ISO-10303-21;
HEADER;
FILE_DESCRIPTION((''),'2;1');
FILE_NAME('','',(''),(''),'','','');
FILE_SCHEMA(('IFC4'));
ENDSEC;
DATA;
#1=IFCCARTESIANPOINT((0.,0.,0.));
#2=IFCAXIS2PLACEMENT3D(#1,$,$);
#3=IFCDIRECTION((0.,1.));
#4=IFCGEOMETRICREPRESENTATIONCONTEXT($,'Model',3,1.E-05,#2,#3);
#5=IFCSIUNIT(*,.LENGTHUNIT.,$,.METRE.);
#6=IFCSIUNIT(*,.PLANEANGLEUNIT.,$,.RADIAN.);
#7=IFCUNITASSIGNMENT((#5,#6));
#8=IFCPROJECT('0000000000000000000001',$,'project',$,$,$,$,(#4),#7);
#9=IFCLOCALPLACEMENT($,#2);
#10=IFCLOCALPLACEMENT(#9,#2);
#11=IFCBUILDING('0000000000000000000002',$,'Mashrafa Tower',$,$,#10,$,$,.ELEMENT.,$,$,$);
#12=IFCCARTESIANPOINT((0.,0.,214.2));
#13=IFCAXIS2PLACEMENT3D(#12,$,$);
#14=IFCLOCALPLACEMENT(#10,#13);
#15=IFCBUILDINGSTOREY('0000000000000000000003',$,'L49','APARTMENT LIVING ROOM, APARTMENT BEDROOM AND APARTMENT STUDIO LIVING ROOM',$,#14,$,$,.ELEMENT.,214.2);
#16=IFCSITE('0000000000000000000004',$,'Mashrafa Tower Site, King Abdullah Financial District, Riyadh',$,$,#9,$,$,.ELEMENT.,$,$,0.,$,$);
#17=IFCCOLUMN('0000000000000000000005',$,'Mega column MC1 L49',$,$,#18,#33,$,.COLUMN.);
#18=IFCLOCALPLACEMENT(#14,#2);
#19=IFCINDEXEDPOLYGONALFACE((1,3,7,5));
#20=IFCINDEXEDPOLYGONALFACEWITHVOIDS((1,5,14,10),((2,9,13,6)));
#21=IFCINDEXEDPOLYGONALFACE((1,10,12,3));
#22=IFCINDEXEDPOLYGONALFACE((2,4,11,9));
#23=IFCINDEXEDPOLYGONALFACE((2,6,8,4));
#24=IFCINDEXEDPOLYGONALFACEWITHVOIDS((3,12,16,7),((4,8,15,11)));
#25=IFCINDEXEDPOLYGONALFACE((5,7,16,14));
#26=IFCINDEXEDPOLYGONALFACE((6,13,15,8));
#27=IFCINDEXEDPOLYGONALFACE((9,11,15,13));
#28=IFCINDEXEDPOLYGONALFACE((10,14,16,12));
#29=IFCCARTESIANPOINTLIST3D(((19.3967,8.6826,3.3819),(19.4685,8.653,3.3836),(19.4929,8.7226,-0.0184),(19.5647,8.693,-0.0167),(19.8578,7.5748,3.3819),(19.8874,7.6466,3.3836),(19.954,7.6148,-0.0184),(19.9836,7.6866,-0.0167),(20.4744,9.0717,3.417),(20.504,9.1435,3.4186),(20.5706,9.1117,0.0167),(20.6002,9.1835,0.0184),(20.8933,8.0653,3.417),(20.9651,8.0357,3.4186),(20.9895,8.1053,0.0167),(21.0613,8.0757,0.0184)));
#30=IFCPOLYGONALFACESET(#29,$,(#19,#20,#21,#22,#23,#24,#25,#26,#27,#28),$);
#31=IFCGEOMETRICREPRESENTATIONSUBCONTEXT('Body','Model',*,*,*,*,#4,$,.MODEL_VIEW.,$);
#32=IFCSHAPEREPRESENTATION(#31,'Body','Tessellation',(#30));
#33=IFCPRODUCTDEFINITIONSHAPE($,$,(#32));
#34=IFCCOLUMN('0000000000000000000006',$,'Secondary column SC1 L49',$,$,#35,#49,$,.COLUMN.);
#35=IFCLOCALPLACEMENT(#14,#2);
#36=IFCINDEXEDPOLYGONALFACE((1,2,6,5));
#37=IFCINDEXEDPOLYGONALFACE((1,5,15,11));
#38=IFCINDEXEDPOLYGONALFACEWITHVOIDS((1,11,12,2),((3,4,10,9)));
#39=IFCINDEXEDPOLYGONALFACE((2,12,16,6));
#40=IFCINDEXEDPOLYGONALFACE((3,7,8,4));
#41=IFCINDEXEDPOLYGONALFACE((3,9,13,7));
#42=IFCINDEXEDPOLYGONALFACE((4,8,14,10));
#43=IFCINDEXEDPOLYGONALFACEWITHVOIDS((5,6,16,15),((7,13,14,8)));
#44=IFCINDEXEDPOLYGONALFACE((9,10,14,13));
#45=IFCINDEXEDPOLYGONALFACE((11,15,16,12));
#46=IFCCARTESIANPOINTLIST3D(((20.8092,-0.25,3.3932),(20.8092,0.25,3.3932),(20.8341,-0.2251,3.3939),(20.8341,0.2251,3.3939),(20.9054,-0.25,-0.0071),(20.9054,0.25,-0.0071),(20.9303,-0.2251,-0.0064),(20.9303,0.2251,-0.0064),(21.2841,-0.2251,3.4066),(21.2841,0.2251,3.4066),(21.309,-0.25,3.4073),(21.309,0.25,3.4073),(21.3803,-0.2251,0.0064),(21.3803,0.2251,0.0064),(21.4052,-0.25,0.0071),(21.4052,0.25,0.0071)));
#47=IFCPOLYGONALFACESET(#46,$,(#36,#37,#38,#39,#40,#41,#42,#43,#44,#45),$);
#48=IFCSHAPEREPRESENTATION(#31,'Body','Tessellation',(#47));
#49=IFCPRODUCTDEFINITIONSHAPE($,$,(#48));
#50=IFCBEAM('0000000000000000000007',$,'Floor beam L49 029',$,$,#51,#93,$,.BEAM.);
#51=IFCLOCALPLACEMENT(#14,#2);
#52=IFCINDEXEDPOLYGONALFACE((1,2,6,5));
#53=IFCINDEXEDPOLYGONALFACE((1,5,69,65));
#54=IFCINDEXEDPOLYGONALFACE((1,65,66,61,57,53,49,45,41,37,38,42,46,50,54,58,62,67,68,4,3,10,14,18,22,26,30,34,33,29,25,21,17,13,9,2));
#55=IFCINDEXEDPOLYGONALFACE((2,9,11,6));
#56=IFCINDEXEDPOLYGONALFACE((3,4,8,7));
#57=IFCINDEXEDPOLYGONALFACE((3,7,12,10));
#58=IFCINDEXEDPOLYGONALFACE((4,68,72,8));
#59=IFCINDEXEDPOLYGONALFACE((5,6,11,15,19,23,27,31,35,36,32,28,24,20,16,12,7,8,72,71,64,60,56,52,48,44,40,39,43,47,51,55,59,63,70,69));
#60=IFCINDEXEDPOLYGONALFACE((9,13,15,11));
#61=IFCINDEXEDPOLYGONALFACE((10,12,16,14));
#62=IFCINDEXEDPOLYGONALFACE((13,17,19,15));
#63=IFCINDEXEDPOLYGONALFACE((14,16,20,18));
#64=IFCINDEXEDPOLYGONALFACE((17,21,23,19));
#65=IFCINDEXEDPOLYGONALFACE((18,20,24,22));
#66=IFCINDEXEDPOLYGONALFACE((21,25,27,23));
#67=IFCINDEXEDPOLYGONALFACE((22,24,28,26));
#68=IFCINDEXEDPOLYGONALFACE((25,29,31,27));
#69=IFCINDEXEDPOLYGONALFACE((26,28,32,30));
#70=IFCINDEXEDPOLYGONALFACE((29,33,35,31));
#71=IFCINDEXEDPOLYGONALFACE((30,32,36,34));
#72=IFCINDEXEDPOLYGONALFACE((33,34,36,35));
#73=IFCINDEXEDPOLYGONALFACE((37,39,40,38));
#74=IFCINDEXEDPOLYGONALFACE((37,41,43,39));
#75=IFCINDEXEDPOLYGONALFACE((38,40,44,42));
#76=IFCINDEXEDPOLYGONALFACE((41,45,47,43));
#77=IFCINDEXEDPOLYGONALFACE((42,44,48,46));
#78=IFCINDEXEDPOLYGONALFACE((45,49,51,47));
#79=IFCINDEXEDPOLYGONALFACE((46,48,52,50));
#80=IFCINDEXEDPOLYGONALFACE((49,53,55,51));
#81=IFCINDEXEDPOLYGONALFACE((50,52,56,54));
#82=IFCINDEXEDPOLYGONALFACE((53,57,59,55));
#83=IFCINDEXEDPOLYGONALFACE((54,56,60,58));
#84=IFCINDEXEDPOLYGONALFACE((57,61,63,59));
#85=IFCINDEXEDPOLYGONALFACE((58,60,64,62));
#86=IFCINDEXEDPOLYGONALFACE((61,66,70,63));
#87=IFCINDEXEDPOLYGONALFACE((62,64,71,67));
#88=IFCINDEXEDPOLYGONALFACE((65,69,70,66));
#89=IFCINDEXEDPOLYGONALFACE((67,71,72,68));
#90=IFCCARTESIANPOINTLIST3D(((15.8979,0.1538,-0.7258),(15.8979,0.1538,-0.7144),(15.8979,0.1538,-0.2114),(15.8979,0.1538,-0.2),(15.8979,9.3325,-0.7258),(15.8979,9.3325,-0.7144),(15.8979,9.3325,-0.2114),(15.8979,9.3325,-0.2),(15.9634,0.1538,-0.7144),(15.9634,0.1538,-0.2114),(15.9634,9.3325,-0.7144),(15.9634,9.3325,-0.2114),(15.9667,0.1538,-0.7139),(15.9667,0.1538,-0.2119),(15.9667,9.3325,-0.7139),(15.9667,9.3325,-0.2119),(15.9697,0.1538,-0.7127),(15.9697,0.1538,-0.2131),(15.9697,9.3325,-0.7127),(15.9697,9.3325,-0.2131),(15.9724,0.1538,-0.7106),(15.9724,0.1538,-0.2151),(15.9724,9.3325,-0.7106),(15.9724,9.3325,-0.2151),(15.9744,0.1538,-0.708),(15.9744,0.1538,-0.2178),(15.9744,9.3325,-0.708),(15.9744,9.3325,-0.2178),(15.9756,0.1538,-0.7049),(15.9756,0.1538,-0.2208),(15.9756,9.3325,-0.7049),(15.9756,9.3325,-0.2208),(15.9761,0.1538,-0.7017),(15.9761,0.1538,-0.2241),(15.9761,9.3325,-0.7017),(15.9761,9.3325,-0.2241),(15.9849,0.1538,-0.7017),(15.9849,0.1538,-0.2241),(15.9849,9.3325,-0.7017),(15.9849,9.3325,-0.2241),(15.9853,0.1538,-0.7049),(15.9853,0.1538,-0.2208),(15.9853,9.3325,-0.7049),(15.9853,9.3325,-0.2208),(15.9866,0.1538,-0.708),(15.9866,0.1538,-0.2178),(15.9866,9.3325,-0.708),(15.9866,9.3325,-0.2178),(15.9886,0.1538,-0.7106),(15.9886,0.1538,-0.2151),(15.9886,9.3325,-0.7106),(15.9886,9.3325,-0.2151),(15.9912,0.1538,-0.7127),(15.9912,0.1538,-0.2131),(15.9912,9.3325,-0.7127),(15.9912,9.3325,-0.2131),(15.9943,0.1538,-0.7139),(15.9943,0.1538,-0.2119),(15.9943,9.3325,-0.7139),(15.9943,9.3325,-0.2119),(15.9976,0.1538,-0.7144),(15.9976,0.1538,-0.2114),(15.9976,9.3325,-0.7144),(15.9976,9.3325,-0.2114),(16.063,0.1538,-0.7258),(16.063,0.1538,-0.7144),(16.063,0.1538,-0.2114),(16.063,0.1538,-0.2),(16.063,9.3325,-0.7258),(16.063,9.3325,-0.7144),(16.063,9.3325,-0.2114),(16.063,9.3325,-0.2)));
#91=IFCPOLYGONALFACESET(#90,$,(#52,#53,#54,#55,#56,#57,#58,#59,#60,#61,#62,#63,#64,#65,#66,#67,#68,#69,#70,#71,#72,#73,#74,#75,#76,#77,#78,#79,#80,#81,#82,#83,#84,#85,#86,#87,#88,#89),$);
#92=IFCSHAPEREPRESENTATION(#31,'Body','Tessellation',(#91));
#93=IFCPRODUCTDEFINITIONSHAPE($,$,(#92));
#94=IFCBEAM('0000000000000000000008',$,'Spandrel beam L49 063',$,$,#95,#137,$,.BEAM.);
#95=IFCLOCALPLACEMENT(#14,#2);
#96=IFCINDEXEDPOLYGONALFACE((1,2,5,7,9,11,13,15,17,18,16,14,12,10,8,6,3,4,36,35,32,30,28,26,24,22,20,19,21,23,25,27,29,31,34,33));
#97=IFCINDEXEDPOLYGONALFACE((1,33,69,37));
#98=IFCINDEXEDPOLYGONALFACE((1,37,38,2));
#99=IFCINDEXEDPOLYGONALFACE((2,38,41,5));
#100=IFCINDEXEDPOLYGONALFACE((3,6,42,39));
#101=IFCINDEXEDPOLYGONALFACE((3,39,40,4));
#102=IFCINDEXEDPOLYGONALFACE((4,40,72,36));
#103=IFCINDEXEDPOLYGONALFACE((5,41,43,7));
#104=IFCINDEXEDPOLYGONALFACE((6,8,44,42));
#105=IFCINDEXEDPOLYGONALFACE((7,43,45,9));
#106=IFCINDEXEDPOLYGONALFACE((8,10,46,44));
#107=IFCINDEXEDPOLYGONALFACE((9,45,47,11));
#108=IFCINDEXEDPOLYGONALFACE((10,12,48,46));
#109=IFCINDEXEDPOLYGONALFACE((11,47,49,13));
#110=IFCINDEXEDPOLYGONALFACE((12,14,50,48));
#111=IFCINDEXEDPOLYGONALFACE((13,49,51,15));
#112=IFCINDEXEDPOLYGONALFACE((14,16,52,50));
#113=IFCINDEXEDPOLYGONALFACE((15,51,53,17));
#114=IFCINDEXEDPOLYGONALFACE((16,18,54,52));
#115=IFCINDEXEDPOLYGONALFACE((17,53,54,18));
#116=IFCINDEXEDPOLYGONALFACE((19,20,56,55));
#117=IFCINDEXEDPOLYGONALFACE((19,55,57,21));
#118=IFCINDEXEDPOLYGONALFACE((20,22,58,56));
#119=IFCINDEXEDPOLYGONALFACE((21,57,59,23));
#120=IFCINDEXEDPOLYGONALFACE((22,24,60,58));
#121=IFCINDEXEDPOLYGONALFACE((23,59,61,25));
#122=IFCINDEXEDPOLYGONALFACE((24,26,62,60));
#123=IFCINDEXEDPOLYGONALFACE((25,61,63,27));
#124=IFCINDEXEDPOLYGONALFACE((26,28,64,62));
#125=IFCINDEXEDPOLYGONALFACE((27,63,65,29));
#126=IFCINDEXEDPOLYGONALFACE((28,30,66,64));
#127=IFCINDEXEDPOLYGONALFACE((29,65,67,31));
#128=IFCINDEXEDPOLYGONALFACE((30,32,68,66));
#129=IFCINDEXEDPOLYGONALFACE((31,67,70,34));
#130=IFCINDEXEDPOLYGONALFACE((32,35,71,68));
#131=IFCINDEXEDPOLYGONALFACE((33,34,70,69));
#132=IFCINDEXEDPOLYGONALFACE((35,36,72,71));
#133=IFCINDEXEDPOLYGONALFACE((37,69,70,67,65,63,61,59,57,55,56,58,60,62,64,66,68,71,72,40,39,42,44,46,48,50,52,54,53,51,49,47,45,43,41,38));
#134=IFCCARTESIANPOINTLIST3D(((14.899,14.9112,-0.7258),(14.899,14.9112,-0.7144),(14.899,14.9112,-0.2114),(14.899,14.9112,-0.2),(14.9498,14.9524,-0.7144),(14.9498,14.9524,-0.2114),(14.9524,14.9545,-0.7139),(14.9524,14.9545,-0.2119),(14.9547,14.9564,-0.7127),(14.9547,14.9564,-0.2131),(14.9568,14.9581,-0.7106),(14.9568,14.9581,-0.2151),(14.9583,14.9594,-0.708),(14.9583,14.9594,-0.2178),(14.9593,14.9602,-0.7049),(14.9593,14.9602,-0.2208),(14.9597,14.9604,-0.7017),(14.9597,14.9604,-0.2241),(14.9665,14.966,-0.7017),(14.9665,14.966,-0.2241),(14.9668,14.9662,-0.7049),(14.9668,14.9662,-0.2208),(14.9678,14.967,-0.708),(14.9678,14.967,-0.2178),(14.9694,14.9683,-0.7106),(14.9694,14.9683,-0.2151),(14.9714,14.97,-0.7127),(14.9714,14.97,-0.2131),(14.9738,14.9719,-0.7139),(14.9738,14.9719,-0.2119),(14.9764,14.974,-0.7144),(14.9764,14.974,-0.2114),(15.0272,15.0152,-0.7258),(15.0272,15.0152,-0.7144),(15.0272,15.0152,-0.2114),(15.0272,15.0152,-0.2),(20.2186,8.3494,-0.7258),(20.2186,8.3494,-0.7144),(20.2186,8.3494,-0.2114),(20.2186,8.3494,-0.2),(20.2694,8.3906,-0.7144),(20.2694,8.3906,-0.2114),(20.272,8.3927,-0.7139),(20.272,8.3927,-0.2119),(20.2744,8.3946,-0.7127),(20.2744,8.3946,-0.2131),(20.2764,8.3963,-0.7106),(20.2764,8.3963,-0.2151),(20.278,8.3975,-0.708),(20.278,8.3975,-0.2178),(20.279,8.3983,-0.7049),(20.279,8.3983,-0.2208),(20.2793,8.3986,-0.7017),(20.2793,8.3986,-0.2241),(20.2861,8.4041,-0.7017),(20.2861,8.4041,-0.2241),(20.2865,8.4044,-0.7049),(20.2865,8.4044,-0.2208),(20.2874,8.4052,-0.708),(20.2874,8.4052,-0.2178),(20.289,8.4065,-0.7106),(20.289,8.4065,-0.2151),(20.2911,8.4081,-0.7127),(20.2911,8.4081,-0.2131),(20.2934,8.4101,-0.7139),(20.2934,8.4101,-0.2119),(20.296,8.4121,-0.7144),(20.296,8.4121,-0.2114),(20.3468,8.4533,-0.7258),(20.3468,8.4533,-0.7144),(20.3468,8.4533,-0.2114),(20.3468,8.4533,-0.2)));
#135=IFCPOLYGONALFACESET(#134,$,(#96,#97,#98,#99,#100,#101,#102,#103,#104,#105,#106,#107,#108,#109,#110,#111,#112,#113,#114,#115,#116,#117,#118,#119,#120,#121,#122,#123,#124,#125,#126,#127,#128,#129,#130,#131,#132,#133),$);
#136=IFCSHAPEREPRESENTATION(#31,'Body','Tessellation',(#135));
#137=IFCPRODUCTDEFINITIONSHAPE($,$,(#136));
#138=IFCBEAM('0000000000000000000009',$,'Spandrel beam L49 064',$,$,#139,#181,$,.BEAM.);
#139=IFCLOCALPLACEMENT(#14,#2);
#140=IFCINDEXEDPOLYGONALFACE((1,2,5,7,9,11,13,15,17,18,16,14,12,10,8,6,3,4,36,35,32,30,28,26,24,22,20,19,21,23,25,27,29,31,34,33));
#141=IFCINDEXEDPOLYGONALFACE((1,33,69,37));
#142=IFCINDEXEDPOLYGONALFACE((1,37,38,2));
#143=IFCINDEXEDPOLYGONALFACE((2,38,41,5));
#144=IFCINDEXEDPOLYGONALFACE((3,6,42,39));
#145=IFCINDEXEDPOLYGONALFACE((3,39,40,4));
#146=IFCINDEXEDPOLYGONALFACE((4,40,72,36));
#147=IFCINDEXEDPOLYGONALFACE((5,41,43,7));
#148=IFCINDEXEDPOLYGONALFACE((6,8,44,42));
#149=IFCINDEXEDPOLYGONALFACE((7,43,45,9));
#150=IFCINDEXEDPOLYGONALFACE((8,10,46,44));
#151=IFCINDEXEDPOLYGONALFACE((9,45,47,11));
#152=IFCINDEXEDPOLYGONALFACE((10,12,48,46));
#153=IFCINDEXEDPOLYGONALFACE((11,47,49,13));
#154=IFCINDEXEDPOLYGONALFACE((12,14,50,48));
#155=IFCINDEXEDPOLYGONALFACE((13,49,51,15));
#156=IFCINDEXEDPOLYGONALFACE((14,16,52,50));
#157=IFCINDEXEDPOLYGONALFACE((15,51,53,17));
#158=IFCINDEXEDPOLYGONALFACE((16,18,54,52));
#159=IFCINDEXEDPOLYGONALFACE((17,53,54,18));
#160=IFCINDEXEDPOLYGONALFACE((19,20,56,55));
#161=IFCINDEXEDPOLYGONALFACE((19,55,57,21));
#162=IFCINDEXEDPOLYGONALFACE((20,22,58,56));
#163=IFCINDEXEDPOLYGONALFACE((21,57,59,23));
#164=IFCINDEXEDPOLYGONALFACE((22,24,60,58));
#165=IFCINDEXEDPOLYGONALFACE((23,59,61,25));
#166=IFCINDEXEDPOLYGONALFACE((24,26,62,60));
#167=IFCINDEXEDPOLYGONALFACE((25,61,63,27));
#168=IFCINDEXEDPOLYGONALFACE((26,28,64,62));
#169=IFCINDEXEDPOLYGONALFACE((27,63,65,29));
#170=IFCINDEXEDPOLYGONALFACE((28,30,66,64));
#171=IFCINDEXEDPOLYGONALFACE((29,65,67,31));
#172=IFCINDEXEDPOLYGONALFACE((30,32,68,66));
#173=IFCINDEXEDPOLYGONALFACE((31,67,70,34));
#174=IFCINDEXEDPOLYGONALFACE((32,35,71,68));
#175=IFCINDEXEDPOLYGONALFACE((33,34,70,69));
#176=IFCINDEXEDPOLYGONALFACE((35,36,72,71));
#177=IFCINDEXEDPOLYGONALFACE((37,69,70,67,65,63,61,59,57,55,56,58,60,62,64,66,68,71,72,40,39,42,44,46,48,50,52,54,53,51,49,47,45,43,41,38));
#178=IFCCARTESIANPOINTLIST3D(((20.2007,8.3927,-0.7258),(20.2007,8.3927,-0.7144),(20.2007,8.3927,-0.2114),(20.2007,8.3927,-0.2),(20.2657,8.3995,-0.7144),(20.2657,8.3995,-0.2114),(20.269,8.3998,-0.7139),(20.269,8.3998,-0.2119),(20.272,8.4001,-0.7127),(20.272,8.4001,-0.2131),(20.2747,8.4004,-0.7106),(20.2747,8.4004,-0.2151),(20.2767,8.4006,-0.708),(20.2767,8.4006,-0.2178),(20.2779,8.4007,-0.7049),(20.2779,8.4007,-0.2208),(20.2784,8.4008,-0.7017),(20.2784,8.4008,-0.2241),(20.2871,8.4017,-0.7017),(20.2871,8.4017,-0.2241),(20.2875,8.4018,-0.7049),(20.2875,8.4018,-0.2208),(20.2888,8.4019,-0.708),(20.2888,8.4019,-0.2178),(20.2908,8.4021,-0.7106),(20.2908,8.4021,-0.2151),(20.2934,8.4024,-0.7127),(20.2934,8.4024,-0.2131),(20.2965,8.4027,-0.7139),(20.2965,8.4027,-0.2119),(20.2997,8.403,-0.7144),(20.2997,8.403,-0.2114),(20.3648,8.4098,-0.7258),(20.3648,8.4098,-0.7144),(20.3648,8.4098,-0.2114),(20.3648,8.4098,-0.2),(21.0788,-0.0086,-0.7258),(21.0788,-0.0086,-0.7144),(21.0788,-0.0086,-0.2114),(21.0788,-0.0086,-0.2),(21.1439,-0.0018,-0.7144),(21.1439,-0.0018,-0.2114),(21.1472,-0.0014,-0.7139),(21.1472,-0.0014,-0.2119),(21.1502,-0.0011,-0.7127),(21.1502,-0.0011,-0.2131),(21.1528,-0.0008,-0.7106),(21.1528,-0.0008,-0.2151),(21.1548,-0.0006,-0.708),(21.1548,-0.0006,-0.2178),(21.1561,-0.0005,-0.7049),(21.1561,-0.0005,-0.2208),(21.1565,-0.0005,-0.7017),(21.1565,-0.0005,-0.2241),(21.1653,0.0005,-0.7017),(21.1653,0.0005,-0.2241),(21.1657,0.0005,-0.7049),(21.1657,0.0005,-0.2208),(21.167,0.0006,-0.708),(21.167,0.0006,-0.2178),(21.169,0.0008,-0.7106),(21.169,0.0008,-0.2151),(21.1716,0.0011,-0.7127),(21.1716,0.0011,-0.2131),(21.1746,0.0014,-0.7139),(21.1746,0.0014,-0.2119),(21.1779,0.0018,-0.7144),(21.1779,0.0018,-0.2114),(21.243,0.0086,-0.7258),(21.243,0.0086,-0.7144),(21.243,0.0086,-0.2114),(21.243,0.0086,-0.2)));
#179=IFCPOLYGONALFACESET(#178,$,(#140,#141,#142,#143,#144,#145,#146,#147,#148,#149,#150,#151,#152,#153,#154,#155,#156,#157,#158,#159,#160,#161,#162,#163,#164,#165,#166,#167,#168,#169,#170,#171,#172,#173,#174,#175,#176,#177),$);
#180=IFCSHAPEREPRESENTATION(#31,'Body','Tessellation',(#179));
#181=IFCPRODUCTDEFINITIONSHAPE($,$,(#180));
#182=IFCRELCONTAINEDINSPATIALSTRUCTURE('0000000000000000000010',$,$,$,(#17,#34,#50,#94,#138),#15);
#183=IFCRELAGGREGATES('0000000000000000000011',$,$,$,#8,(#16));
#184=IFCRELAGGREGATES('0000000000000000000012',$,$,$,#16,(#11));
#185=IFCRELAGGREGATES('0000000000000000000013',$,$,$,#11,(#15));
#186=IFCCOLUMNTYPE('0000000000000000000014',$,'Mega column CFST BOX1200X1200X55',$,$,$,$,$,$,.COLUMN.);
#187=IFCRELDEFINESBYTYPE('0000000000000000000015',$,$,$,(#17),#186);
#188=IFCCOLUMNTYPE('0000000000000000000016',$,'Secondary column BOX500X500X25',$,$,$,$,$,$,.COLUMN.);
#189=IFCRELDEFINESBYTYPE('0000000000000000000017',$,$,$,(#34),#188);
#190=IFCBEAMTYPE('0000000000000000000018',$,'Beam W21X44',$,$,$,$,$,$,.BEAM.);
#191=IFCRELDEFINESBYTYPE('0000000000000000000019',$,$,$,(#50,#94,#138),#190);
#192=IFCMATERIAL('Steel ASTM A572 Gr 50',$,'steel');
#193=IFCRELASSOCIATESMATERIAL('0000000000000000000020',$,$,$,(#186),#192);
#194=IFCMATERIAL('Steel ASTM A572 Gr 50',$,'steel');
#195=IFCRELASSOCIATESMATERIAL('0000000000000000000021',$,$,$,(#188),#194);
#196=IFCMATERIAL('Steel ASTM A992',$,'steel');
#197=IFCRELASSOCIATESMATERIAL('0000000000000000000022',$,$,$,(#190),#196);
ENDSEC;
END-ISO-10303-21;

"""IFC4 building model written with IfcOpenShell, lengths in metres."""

from ifc_helpers import new_model, si_unit, direction, frame, origin, origin_2d, place, context, subcontext, project, spatial, hollow_rectangle, i_section, extrude, material, material_profile, profile_set, type_object, element, save


model = new_model("IFC4")

# Units and contexts
model_context = context("Model", 3, precision=1e-05, world=origin(), true_north=direction((0.0, 1.0)))
body_context = subcontext(model_context, "Body", "Model", "MODEL_VIEW")
ifc_project = project(units=[si_unit("LENGTHUNIT", "METRE"), si_unit("PLANEANGLEUNIT", "RADIAN")], contexts=[model_context])

# Site, building, storey
site_placement = place(None, origin())
site = spatial("IfcSite", under=ifc_project, at=site_placement, Name="Mashrafa Tower Site, King Abdullah Financial District, Riyadh", CompositionType="ELEMENT", RefElevation=0.0)
building_placement = place(site_placement, origin())
building = spatial("IfcBuilding", under=site, at=building_placement, Name="Mashrafa Tower", CompositionType="ELEMENT")
storey_placement = place(building_placement, frame((0.0, 0.0, 214.2)))
storey = spatial("IfcBuildingStorey", under=building, at=storey_placement, Name="L49", Description="APARTMENT LIVING ROOM, APARTMENT BEDROOM AND APARTMENT STUDIO LIVING ROOM", CompositionType="ELEMENT", Elevation=214.2)

# Columns
ifc_material_1 = material(Name="Steel ASTM A572 Gr 50", Category="steel")
ifc_material_profile_1 = material_profile(ifc_material_1, hollow_rectangle(XDim=1.2, YDim=1.2, WallThickness=0.0549, at=origin_2d()), Name="BOX1200X1200X55")
ifc_profile_set_1 = profile_set([ifc_material_profile_1], Name="Steel ASTM A572 Gr 50")
column_type_1 = type_object("IfcColumnType", Name="Mega column CFST BOX1200X1200X55", PredefinedType="COLUMN", material=ifc_profile_set_1)
column_1_placement = place(storey_placement, frame((20.2771, 8.3992, 0.0), z_axis=(-0.028277, -0.01177, 0.999531), x_axis=(0.384283, -0.923216, 0.0)))
element("IfcColumn", 1, at=column_1_placement, inside=storey, type_object=column_type_1, Name="Mega column MC1 L49", PredefinedType="COLUMN", context=body_context, shape_type="SweptSolid", body=[
    extrude(hollow_rectangle(XDim=1.2, YDim=1.2, WallThickness=0.0549, at=origin_2d()), origin(), (0.0, 0.0, 1.0), 3.4019),
])
ifc_material_2 = material(Name="Steel ASTM A572 Gr 50", Category="steel")
ifc_material_profile_2 = material_profile(ifc_material_2, hollow_rectangle(XDim=0.5, YDim=0.5, WallThickness=0.0249, at=origin_2d()), Name="BOX500X500X25")
ifc_profile_set_2 = profile_set([ifc_material_profile_2], Name="Steel ASTM A572 Gr 50")
column_type_2 = type_object("IfcColumnType", Name="Secondary column BOX500X500X25", PredefinedType="COLUMN", material=ifc_profile_set_2)
column_2_placement = place(storey_placement, frame((21.1553, 0.0, 0.0), z_axis=(-0.028279, 0.0, 0.9996), x_axis=(0.0, -1.0, 0.0)))
element("IfcColumn", 2, at=column_2_placement, inside=storey, type_object=column_type_2, Name="Secondary column SC1 L49", PredefinedType="COLUMN", context=body_context, shape_type="SweptSolid", body=[
    extrude(hollow_rectangle(XDim=0.5, YDim=0.5, WallThickness=0.0249, at=origin_2d()), origin(), (0.0, 0.0, 1.0), 3.4016),
])

# Beams
ifc_material_3 = material(Name="Steel ASTM A992", Category="steel")
ifc_material_profile_3 = material_profile(ifc_material_3, i_section(OverallWidth=0.165, OverallDepth=0.5259, WebThickness=0.0088, FlangeThickness=0.0115, FilletRadius=0.0127, at=origin_2d()), Name="W21X44")
ifc_profile_set_3 = profile_set([ifc_material_profile_3], Name="Steel ASTM A992")
beam_type_1 = type_object("IfcBeamType", Name="Beam W21X44", PredefinedType="BEAM", material=ifc_profile_set_3)
beam_1_placement = place(storey_placement, frame((15.9805, 9.3325, -0.4629), z_axis=(0.0, -1.0, 0.0), x_axis=(1.0, 0.0, 0.0)))
element("IfcBeam", 3, at=beam_1_placement, inside=storey, type_object=beam_type_1, Name="Floor beam L49 029", PredefinedType="BEAM", context=body_context, shape_type="SweptSolid", body=[
    extrude(i_section(OverallWidth=0.165, OverallDepth=0.5259, WebThickness=0.0088, FlangeThickness=0.0115, FilletRadius=0.0127, at=origin_2d()), origin(), (0.0, 0.0, 1.0), 9.1787),
])
beam_2_placement = place(storey_placement, frame((20.2827, 8.4014, -0.4629), z_axis=(-0.629747, 0.7768, 0.0), x_axis=(-0.7768, -0.629747, 0.0)))
element("IfcBeam", 4, at=beam_2_placement, inside=storey, type_object=beam_type_1, Name="Spandrel beam L49 063", PredefinedType="BEAM", context=body_context, shape_type="SweptSolid", body=[
    extrude(i_section(OverallWidth=0.165, OverallDepth=0.5259, WebThickness=0.0088, FlangeThickness=0.0115, FilletRadius=0.0127, at=origin_2d()), origin(), (0.0, 0.0, 1.0), 8.4473),
])
beam_3_placement = place(storey_placement, frame((21.1609, 0.0, -0.4629), z_axis=(-0.103961, 0.994581, 0.0), x_axis=(-0.994581, -0.103961, 0.0)))
element("IfcBeam", 5, at=beam_3_placement, inside=storey, type_object=beam_type_1, Name="Spandrel beam L49 064", PredefinedType="BEAM", context=body_context, shape_type="SweptSolid", body=[
    extrude(i_section(OverallWidth=0.165, OverallDepth=0.5259, WebThickness=0.0088, FlangeThickness=0.0115, FilletRadius=0.0127, at=origin_2d()), origin(), (0.0, 0.0, 1.0), 8.447),
])

save(model, "model.ifc")
